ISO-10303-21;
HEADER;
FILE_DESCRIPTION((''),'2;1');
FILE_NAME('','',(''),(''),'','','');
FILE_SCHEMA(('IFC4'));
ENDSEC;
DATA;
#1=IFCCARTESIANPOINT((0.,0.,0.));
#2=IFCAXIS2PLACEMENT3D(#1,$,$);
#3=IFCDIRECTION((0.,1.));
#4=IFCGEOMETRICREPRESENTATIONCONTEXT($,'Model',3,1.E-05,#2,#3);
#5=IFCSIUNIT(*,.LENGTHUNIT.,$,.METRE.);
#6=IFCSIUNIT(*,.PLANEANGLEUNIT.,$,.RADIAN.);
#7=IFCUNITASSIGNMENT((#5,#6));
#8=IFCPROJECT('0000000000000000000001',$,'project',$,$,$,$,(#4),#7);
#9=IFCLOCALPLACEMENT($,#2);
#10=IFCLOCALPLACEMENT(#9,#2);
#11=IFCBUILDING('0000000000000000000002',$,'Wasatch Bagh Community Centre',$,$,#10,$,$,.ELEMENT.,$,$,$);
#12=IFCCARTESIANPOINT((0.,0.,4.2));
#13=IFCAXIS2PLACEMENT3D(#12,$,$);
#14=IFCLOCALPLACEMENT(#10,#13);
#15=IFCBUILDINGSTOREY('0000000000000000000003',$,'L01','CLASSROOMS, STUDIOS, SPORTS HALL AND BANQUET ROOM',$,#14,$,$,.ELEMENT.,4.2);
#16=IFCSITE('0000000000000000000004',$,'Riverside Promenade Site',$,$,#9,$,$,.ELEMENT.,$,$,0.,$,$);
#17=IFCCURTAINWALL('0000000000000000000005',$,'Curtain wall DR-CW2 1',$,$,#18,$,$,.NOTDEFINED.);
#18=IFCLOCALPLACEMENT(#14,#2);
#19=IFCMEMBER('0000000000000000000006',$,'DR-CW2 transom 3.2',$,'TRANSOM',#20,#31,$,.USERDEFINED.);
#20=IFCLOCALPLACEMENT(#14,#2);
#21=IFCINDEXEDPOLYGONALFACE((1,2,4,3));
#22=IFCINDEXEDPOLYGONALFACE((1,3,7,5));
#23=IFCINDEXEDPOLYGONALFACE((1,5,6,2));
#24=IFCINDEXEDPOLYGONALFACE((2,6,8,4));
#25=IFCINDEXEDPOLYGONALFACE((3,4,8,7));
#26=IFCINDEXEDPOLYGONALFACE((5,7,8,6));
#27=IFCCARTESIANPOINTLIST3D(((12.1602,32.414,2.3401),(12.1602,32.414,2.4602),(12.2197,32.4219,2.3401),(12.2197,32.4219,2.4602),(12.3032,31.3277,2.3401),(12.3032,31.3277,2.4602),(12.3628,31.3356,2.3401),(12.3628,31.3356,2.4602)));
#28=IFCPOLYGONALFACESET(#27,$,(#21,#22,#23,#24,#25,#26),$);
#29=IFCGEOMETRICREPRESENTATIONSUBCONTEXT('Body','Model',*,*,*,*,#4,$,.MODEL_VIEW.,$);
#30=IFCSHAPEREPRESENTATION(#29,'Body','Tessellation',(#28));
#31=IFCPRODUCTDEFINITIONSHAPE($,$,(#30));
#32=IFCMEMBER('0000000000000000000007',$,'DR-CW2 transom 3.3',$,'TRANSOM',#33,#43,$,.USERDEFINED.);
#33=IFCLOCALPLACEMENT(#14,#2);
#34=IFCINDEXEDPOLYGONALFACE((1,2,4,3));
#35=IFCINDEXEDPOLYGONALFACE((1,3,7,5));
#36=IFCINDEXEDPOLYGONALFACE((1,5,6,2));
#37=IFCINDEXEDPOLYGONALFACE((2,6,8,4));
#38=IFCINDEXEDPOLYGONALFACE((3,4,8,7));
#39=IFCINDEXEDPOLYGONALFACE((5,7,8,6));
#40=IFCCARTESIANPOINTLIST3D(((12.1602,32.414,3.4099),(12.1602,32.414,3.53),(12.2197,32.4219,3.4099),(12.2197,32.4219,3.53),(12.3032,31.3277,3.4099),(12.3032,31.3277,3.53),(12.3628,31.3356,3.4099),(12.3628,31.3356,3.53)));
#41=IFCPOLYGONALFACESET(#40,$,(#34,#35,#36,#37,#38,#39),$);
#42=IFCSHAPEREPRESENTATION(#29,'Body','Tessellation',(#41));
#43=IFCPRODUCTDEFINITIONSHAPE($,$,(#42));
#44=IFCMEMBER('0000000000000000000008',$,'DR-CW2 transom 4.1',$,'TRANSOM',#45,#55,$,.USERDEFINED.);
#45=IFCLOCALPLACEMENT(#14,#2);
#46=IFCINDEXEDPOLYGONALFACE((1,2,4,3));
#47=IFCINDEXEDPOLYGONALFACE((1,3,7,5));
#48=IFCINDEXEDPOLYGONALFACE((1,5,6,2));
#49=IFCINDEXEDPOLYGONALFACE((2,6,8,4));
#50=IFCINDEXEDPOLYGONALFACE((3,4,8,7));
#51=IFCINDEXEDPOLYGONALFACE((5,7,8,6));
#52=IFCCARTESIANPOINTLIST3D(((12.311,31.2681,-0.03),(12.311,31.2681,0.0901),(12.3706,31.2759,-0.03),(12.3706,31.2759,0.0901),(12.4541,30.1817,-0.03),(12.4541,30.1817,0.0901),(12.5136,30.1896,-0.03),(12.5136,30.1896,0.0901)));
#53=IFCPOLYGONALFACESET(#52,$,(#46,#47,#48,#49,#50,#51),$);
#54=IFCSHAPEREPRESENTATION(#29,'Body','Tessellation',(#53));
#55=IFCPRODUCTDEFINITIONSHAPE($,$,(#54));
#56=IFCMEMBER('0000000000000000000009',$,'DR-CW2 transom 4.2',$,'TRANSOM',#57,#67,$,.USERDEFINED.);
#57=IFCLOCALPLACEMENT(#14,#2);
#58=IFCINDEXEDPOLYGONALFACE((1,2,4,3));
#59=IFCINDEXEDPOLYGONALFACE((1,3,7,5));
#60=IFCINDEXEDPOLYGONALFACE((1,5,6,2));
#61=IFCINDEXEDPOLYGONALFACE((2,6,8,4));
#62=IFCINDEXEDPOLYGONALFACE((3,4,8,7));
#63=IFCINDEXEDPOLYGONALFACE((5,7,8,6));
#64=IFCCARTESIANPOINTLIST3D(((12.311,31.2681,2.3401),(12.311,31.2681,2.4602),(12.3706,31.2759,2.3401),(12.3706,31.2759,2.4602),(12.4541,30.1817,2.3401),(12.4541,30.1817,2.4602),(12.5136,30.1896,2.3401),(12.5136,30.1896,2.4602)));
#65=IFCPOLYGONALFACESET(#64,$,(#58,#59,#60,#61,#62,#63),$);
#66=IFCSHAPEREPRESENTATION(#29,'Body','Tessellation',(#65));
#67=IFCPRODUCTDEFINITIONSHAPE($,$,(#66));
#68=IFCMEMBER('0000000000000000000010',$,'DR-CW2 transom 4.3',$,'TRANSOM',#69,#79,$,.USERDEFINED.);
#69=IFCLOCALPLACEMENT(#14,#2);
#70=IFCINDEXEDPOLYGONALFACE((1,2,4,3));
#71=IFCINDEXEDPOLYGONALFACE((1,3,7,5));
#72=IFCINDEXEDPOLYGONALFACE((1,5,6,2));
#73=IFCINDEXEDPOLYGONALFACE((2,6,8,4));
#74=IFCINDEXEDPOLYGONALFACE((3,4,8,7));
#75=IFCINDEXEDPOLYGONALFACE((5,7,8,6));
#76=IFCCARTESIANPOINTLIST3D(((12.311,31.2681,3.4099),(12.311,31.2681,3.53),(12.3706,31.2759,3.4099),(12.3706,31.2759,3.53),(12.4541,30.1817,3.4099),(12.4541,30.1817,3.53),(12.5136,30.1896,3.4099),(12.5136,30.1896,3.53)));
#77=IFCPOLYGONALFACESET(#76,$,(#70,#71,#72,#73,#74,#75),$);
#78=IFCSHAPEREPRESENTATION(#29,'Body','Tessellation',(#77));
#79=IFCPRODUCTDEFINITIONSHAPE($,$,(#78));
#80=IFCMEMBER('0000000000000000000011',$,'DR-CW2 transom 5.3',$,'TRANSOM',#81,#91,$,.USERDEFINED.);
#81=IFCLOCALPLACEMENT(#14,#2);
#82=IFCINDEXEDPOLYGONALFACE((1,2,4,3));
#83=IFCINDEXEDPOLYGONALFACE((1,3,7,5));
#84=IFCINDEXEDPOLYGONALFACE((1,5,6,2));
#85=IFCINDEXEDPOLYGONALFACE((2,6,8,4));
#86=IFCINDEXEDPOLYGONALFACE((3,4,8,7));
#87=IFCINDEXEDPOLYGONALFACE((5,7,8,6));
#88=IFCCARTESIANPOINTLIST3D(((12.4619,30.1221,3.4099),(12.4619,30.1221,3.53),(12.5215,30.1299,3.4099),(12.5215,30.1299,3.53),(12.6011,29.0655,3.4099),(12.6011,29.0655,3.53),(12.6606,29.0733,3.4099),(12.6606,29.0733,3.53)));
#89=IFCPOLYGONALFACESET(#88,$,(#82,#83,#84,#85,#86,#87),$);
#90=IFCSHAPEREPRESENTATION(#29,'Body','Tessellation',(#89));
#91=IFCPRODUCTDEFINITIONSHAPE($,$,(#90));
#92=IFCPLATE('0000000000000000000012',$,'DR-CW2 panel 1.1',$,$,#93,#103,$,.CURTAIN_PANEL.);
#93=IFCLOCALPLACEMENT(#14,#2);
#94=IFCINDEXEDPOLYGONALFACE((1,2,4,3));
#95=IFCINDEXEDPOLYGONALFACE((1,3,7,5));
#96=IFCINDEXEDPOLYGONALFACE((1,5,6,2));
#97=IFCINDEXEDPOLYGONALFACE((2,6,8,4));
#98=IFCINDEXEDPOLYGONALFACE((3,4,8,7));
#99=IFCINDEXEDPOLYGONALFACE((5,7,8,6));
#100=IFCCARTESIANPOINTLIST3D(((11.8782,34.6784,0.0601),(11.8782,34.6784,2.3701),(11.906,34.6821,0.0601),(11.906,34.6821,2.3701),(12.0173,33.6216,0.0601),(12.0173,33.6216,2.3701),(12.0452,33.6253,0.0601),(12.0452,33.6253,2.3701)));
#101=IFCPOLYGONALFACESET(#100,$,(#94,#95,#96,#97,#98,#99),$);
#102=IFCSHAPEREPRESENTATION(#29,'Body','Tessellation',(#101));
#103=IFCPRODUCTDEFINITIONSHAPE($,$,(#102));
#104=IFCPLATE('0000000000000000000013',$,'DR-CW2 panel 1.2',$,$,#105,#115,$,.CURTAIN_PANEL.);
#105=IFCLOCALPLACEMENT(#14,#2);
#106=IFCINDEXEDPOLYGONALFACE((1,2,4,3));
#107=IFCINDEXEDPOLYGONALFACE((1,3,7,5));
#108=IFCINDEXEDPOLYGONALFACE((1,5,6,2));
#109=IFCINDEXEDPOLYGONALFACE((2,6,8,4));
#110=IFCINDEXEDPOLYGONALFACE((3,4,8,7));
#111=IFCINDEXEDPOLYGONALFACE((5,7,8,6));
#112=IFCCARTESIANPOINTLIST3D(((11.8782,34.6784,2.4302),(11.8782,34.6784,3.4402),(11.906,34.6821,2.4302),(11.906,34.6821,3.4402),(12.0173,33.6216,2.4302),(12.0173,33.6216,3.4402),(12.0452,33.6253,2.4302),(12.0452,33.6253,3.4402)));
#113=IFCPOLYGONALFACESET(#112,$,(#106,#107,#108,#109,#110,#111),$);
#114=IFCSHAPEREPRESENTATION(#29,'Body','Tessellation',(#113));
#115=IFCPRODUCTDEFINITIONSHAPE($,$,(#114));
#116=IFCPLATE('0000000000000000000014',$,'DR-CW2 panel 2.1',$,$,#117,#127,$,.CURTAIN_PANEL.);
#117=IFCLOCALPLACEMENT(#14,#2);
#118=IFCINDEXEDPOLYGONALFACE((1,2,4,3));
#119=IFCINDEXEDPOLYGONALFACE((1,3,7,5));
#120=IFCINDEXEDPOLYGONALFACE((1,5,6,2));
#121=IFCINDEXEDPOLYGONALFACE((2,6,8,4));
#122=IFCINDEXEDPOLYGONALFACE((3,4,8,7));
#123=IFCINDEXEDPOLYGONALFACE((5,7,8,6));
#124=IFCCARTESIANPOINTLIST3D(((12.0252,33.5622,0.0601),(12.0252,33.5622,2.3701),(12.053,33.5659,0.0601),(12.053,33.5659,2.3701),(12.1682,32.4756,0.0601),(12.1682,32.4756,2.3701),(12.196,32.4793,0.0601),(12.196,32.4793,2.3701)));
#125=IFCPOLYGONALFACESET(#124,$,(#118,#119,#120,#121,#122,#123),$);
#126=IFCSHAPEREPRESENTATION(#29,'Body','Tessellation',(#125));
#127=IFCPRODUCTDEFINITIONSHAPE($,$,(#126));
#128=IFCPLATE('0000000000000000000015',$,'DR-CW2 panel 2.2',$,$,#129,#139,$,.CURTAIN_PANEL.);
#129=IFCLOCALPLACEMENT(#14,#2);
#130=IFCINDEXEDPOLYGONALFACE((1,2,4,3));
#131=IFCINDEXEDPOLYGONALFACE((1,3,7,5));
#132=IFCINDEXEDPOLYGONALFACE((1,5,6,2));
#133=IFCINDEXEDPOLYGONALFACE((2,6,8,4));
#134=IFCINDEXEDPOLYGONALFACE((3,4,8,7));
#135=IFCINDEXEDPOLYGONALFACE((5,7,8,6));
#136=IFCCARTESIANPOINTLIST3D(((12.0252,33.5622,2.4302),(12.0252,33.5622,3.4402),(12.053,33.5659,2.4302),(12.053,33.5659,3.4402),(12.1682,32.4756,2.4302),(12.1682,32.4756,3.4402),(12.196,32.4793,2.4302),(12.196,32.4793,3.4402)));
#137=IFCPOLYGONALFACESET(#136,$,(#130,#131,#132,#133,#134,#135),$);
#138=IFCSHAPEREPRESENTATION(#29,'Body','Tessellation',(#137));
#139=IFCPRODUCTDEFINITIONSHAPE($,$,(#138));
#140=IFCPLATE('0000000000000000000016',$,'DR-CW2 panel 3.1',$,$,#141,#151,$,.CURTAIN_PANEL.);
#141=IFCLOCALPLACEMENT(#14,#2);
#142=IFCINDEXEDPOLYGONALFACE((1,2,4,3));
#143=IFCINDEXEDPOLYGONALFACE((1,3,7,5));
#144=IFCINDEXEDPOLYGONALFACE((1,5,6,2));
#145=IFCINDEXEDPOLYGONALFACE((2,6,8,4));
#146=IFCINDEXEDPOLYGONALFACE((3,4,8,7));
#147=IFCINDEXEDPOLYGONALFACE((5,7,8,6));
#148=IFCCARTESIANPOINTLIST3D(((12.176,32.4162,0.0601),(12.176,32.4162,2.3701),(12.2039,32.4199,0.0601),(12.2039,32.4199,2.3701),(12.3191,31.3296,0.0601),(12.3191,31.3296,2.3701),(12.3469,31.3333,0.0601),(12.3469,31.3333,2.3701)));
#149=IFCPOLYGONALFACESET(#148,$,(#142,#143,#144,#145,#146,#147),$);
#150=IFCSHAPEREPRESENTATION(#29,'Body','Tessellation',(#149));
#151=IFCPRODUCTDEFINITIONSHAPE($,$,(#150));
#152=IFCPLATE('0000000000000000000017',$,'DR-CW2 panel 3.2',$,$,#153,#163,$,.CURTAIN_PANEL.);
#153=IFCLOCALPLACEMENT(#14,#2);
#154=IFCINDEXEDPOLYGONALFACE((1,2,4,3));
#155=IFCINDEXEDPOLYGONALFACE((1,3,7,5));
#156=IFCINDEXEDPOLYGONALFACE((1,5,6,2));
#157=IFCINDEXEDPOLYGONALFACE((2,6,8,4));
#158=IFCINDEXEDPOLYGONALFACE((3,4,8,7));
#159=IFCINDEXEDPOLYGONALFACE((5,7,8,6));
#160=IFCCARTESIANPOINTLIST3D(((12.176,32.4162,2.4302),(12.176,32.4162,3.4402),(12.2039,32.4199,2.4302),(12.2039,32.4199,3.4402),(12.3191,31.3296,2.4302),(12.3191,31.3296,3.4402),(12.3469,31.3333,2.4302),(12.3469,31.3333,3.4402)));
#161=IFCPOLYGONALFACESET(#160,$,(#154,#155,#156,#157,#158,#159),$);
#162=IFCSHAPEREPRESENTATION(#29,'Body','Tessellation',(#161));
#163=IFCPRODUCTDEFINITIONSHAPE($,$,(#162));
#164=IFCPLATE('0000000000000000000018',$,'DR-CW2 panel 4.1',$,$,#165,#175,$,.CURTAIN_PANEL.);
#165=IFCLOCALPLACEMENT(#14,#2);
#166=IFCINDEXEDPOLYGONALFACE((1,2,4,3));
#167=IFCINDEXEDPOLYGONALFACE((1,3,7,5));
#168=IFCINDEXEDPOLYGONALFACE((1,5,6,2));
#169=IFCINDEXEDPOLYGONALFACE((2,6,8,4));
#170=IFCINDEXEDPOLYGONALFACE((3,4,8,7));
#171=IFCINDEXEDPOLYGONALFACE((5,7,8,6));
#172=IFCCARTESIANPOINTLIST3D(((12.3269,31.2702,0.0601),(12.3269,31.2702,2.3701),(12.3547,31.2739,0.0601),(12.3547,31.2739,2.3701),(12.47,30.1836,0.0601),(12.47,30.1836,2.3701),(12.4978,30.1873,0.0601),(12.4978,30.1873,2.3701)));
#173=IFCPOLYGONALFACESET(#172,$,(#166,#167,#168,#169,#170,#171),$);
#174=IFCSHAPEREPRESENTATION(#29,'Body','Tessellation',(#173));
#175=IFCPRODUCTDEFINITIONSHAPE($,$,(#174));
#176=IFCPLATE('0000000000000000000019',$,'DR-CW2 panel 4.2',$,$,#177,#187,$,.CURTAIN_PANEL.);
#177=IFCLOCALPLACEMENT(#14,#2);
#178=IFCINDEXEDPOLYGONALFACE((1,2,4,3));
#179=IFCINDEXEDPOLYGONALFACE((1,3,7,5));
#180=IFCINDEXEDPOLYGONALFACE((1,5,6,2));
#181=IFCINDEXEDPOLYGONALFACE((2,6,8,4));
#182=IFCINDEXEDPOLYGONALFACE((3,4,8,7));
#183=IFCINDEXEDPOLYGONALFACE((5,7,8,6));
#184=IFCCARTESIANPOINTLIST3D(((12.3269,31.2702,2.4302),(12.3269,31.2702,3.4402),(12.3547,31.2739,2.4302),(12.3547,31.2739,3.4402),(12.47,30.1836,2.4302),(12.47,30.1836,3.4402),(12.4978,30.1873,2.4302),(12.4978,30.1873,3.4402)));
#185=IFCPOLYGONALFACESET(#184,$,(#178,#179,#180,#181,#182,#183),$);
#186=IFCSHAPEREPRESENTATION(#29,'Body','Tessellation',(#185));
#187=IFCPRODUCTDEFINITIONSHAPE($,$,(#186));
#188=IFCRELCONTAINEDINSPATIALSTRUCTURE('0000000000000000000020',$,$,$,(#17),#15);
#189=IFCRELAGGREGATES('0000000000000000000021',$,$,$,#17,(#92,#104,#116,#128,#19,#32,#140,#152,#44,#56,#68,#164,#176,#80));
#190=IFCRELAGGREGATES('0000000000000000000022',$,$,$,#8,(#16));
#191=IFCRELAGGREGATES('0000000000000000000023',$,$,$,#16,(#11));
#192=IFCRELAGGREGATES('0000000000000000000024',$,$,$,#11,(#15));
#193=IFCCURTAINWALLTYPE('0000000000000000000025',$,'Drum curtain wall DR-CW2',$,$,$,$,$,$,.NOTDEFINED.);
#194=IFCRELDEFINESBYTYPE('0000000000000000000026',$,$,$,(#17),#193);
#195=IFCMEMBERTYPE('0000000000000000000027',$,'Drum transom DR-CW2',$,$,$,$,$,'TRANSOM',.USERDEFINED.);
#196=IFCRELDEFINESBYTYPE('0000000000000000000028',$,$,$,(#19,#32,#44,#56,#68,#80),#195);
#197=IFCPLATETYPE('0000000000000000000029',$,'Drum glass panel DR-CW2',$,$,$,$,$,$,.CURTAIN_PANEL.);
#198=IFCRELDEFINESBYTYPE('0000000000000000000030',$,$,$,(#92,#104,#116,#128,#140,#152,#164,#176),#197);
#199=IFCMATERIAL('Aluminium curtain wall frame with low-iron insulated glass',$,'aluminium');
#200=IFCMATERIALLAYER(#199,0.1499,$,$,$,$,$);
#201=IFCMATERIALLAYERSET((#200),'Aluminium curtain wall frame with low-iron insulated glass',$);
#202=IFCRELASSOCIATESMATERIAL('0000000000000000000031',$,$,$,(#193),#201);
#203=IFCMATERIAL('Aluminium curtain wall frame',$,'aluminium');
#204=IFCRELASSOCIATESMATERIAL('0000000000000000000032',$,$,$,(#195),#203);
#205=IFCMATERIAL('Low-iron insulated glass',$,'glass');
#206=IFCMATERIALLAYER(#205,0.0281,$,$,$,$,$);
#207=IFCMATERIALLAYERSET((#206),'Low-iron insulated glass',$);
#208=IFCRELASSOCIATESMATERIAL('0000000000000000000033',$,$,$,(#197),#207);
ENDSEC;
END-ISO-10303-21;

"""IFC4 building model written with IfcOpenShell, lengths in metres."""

from ifc_helpers import new_model, si_unit, direction, frame, origin, origin_2d, place, context, subcontext, project, spatial, rectangle, extrude, material, layer, layer_set, material_profile, profile_set, type_object, element, aggregate, save


model = new_model("IFC4")

# Units and contexts
model_context = context("Model", 3, precision=1e-05, world=origin(), true_north=direction((0.0, 1.0)))
body_context = subcontext(model_context, "Body", "Model", "MODEL_VIEW")
ifc_project = project(units=[si_unit("LENGTHUNIT", "METRE"), si_unit("PLANEANGLEUNIT", "RADIAN")], contexts=[model_context])

# Site, building, storey
site_placement = place(None, origin())
site = spatial("IfcSite", under=ifc_project, at=site_placement, Name="Riverside Promenade Site", CompositionType="ELEMENT", RefElevation=0.0)
building_placement = place(site_placement, origin())
building = spatial("IfcBuilding", under=site, at=building_placement, Name="Wasatch Bagh Community Centre", CompositionType="ELEMENT")
storey_placement = place(building_placement, frame((0.0, 0.0, 4.2)))
storey = spatial("IfcBuildingStorey", under=building, at=storey_placement, Name="L01", Description="CLASSROOMS, STUDIOS, SPORTS HALL AND BANQUET ROOM", CompositionType="ELEMENT", Elevation=4.2)

# Curtain wall
ifc_material_1 = material(Name="Aluminium curtain wall frame with low-iron insulated glass", Category="aluminium")
ifc_layer_1 = layer(ifc_material_1, 0.1499)
ifc_layer_set_1 = layer_set([ifc_layer_1], Name="Aluminium curtain wall frame with low-iron insulated glass")
curtain_wall_type = type_object("IfcCurtainWallType", Name="Drum curtain wall DR-CW2", PredefinedType="NOTDEFINED", material=ifc_layer_set_1)
curtain_wall_placement = place(storey_placement, origin())
curtain_wall = element("IfcCurtainWall", 1, at=curtain_wall_placement, inside=storey, type_object=curtain_wall_type, Name="Curtain wall DR-CW2 1", PredefinedType="NOTDEFINED")
ifc_material_2 = material(Name="Aluminium curtain wall frame", Category="aluminium")

# Members
ifc_material_profile_1 = material_profile(ifc_material_2, rectangle(XDim=0.0601, YDim=0.1201, at=origin_2d()), Name="Drum transom DR-CW2")
ifc_profile_set_1 = profile_set([ifc_material_profile_1], Name="Aluminium curtain wall frame")
member_type_1 = type_object("IfcMemberType", Name="Drum transom DR-CW2", ElementType="TRANSOM", PredefinedType="USERDEFINED", material=ifc_profile_set_1)
member_1_placement = place(storey_placement, frame((12.1899, 32.418, 2.4001), z_axis=(0.130558, -0.991441, 0.0), x_axis=(0.991441, 0.130558, 0.0)))
member_1 = element("IfcMember", 2, at=member_1_placement, type_object=member_type_1, Name="DR-CW2 transom 3.2", ObjectType="TRANSOM", PredefinedType="USERDEFINED", context=body_context, shape_type="SweptSolid", body=[
    extrude(rectangle(XDim=0.0601, YDim=0.1201, at=origin_2d()), origin(), (0.0, 0.0, 1.0), 1.0957),
])
member_2_placement = place(storey_placement, frame((12.1899, 32.418, 3.47), z_axis=(0.130558, -0.991441, 0.0), x_axis=(0.991441, 0.130558, 0.0)))
member_2 = element("IfcMember", 3, at=member_2_placement, type_object=member_type_1, Name="DR-CW2 transom 3.3", ObjectType="TRANSOM", PredefinedType="USERDEFINED", context=body_context, shape_type="SweptSolid", body=[
    extrude(rectangle(XDim=0.0601, YDim=0.1201, at=origin_2d()), origin(), (0.0, 0.0, 1.0), 1.0957),
])
member_3_placement = place(storey_placement, frame((12.3408, 31.272, 0.03), z_axis=(0.130558, -0.991441, 0.0), x_axis=(0.991441, 0.130558, 0.0)))
member_3 = element("IfcMember", 4, at=member_3_placement, type_object=member_type_1, Name="DR-CW2 transom 4.1", ObjectType="TRANSOM", PredefinedType="USERDEFINED", context=body_context, shape_type="SweptSolid", body=[
    extrude(rectangle(XDim=0.0601, YDim=0.1201, at=origin_2d()), origin(), (0.0, 0.0, 1.0), 1.0957),
])
member_4_placement = place(storey_placement, frame((12.3408, 31.272, 2.4001), z_axis=(0.130558, -0.991441, 0.0), x_axis=(0.991441, 0.130558, 0.0)))
member_4 = element("IfcMember", 5, at=member_4_placement, type_object=member_type_1, Name="DR-CW2 transom 4.2", ObjectType="TRANSOM", PredefinedType="USERDEFINED", context=body_context, shape_type="SweptSolid", body=[
    extrude(rectangle(XDim=0.0601, YDim=0.1201, at=origin_2d()), origin(), (0.0, 0.0, 1.0), 1.0957),
])
member_5_placement = place(storey_placement, frame((12.3408, 31.272, 3.47), z_axis=(0.130558, -0.991441, 0.0), x_axis=(0.991441, 0.130558, 0.0)))
member_5 = element("IfcMember", 6, at=member_5_placement, type_object=member_type_1, Name="DR-CW2 transom 4.3", ObjectType="TRANSOM", PredefinedType="USERDEFINED", context=body_context, shape_type="SweptSolid", body=[
    extrude(rectangle(XDim=0.0601, YDim=0.1201, at=origin_2d()), origin(), (0.0, 0.0, 1.0), 1.0957),
])
member_6_placement = place(storey_placement, frame((12.4917, 30.126, 3.47), z_axis=(0.130573, -0.991439, 0.0), x_axis=(0.991439, 0.130573, 0.0)))
member_6 = element("IfcMember", 7, at=member_6_placement, type_object=member_type_1, Name="DR-CW2 transom 5.3", ObjectType="TRANSOM", PredefinedType="USERDEFINED", context=body_context, shape_type="SweptSolid", body=[
    extrude(rectangle(XDim=0.0601, YDim=0.1201, at=origin_2d()), origin(), (0.0, 0.0, 1.0), 1.0657),
])

# Plates
ifc_material_3 = material(Name="Low-iron insulated glass", Category="glass")
ifc_layer_2 = layer(ifc_material_3, 0.0281)
ifc_layer_set_2 = layer_set([ifc_layer_2], Name="Low-iron insulated glass")
plate_type = type_object("IfcPlateType", Name="Drum glass panel DR-CW2", PredefinedType="CURTAIN_PANEL", material=ifc_layer_set_2)
plate_1_placement = place(storey_placement, frame((11.9617, 34.1519, 0.0601), z_axis=(0.0, 0.0, 1.0), x_axis=(0.130526, -0.991445, 0.0)))
plate_1 = element("IfcPlate", 8, at=plate_1_placement, type_object=plate_type, Name="DR-CW2 panel 1.1", PredefinedType="CURTAIN_PANEL", context=body_context, shape_type="SweptSolid", body=[
    extrude(rectangle(XDim=1.0659, YDim=0.0281, at=origin_2d()), origin(), (0.0, 0.0, 1.0), 2.3101),
])
plate_2_placement = place(storey_placement, frame((11.9617, 34.1519, 2.4302), z_axis=(0.0, 0.0, 1.0), x_axis=(0.130526, -0.991445, 0.0)))
plate_2 = element("IfcPlate", 9, at=plate_2_placement, type_object=plate_type, Name="DR-CW2 panel 1.2", PredefinedType="CURTAIN_PANEL", context=body_context, shape_type="SweptSolid", body=[
    extrude(rectangle(XDim=1.0659, YDim=0.0281, at=origin_2d()), origin(), (0.0, 0.0, 1.0), 1.01),
])
plate_3_placement = place(storey_placement, frame((12.1106, 33.0208, 0.0601), z_axis=(0.0, 0.0, 1.0), x_axis=(0.130526, -0.991445, 0.0)))
plate_3 = element("IfcPlate", 10, at=plate_3_placement, type_object=plate_type, Name="DR-CW2 panel 2.1", PredefinedType="CURTAIN_PANEL", context=body_context, shape_type="SweptSolid", body=[
    extrude(rectangle(XDim=1.0959, YDim=0.0281, at=origin_2d()), origin(), (0.0, 0.0, 1.0), 2.3101),
])
plate_4_placement = place(storey_placement, frame((12.1106, 33.0208, 2.4302), z_axis=(0.0, 0.0, 1.0), x_axis=(0.130526, -0.991445, 0.0)))
plate_4 = element("IfcPlate", 11, at=plate_4_placement, type_object=plate_type, Name="DR-CW2 panel 2.2", PredefinedType="CURTAIN_PANEL", context=body_context, shape_type="SweptSolid", body=[
    extrude(rectangle(XDim=1.0959, YDim=0.0281, at=origin_2d()), origin(), (0.0, 0.0, 1.0), 1.01),
])
plate_5_placement = place(storey_placement, frame((12.2615, 31.8748, 0.0601), z_axis=(0.0, 0.0, 1.0), x_axis=(0.130526, -0.991445, 0.0)))
plate_5 = element("IfcPlate", 12, at=plate_5_placement, type_object=plate_type, Name="DR-CW2 panel 3.1", PredefinedType="CURTAIN_PANEL", context=body_context, shape_type="SweptSolid", body=[
    extrude(rectangle(XDim=1.0959, YDim=0.0281, at=origin_2d()), origin(), (0.0, 0.0, 1.0), 2.3101),
])
plate_6_placement = place(storey_placement, frame((12.2615, 31.8748, 2.4302), z_axis=(0.0, 0.0, 1.0), x_axis=(0.130526, -0.991445, 0.0)))
plate_6 = element("IfcPlate", 13, at=plate_6_placement, type_object=plate_type, Name="DR-CW2 panel 3.2", PredefinedType="CURTAIN_PANEL", context=body_context, shape_type="SweptSolid", body=[
    extrude(rectangle(XDim=1.0959, YDim=0.0281, at=origin_2d()), origin(), (0.0, 0.0, 1.0), 1.01),
])
plate_7_placement = place(storey_placement, frame((12.4124, 30.7288, 0.0601), z_axis=(0.0, 0.0, 1.0), x_axis=(0.130526, -0.991445, 0.0)))
plate_7 = element("IfcPlate", 14, at=plate_7_placement, type_object=plate_type, Name="DR-CW2 panel 4.1", PredefinedType="CURTAIN_PANEL", context=body_context, shape_type="SweptSolid", body=[
    extrude(rectangle(XDim=1.0959, YDim=0.0281, at=origin_2d()), origin(), (0.0, 0.0, 1.0), 2.3101),
])
plate_8_placement = place(storey_placement, frame((12.4124, 30.7288, 2.4302), z_axis=(0.0, 0.0, 1.0), x_axis=(0.130526, -0.991445, 0.0)))
plate_8 = element("IfcPlate", 15, at=plate_8_placement, type_object=plate_type, Name="DR-CW2 panel 4.2", PredefinedType="CURTAIN_PANEL", context=body_context, shape_type="SweptSolid", body=[
    extrude(rectangle(XDim=1.0959, YDim=0.0281, at=origin_2d()), origin(), (0.0, 0.0, 1.0), 1.01),
])
aggregate(curtain_wall, [plate_1, plate_2, plate_3, plate_4, member_1, member_2, plate_5, plate_6, member_3, member_4, member_5, plate_7, plate_8, member_6])

save(model, "model.ifc")
